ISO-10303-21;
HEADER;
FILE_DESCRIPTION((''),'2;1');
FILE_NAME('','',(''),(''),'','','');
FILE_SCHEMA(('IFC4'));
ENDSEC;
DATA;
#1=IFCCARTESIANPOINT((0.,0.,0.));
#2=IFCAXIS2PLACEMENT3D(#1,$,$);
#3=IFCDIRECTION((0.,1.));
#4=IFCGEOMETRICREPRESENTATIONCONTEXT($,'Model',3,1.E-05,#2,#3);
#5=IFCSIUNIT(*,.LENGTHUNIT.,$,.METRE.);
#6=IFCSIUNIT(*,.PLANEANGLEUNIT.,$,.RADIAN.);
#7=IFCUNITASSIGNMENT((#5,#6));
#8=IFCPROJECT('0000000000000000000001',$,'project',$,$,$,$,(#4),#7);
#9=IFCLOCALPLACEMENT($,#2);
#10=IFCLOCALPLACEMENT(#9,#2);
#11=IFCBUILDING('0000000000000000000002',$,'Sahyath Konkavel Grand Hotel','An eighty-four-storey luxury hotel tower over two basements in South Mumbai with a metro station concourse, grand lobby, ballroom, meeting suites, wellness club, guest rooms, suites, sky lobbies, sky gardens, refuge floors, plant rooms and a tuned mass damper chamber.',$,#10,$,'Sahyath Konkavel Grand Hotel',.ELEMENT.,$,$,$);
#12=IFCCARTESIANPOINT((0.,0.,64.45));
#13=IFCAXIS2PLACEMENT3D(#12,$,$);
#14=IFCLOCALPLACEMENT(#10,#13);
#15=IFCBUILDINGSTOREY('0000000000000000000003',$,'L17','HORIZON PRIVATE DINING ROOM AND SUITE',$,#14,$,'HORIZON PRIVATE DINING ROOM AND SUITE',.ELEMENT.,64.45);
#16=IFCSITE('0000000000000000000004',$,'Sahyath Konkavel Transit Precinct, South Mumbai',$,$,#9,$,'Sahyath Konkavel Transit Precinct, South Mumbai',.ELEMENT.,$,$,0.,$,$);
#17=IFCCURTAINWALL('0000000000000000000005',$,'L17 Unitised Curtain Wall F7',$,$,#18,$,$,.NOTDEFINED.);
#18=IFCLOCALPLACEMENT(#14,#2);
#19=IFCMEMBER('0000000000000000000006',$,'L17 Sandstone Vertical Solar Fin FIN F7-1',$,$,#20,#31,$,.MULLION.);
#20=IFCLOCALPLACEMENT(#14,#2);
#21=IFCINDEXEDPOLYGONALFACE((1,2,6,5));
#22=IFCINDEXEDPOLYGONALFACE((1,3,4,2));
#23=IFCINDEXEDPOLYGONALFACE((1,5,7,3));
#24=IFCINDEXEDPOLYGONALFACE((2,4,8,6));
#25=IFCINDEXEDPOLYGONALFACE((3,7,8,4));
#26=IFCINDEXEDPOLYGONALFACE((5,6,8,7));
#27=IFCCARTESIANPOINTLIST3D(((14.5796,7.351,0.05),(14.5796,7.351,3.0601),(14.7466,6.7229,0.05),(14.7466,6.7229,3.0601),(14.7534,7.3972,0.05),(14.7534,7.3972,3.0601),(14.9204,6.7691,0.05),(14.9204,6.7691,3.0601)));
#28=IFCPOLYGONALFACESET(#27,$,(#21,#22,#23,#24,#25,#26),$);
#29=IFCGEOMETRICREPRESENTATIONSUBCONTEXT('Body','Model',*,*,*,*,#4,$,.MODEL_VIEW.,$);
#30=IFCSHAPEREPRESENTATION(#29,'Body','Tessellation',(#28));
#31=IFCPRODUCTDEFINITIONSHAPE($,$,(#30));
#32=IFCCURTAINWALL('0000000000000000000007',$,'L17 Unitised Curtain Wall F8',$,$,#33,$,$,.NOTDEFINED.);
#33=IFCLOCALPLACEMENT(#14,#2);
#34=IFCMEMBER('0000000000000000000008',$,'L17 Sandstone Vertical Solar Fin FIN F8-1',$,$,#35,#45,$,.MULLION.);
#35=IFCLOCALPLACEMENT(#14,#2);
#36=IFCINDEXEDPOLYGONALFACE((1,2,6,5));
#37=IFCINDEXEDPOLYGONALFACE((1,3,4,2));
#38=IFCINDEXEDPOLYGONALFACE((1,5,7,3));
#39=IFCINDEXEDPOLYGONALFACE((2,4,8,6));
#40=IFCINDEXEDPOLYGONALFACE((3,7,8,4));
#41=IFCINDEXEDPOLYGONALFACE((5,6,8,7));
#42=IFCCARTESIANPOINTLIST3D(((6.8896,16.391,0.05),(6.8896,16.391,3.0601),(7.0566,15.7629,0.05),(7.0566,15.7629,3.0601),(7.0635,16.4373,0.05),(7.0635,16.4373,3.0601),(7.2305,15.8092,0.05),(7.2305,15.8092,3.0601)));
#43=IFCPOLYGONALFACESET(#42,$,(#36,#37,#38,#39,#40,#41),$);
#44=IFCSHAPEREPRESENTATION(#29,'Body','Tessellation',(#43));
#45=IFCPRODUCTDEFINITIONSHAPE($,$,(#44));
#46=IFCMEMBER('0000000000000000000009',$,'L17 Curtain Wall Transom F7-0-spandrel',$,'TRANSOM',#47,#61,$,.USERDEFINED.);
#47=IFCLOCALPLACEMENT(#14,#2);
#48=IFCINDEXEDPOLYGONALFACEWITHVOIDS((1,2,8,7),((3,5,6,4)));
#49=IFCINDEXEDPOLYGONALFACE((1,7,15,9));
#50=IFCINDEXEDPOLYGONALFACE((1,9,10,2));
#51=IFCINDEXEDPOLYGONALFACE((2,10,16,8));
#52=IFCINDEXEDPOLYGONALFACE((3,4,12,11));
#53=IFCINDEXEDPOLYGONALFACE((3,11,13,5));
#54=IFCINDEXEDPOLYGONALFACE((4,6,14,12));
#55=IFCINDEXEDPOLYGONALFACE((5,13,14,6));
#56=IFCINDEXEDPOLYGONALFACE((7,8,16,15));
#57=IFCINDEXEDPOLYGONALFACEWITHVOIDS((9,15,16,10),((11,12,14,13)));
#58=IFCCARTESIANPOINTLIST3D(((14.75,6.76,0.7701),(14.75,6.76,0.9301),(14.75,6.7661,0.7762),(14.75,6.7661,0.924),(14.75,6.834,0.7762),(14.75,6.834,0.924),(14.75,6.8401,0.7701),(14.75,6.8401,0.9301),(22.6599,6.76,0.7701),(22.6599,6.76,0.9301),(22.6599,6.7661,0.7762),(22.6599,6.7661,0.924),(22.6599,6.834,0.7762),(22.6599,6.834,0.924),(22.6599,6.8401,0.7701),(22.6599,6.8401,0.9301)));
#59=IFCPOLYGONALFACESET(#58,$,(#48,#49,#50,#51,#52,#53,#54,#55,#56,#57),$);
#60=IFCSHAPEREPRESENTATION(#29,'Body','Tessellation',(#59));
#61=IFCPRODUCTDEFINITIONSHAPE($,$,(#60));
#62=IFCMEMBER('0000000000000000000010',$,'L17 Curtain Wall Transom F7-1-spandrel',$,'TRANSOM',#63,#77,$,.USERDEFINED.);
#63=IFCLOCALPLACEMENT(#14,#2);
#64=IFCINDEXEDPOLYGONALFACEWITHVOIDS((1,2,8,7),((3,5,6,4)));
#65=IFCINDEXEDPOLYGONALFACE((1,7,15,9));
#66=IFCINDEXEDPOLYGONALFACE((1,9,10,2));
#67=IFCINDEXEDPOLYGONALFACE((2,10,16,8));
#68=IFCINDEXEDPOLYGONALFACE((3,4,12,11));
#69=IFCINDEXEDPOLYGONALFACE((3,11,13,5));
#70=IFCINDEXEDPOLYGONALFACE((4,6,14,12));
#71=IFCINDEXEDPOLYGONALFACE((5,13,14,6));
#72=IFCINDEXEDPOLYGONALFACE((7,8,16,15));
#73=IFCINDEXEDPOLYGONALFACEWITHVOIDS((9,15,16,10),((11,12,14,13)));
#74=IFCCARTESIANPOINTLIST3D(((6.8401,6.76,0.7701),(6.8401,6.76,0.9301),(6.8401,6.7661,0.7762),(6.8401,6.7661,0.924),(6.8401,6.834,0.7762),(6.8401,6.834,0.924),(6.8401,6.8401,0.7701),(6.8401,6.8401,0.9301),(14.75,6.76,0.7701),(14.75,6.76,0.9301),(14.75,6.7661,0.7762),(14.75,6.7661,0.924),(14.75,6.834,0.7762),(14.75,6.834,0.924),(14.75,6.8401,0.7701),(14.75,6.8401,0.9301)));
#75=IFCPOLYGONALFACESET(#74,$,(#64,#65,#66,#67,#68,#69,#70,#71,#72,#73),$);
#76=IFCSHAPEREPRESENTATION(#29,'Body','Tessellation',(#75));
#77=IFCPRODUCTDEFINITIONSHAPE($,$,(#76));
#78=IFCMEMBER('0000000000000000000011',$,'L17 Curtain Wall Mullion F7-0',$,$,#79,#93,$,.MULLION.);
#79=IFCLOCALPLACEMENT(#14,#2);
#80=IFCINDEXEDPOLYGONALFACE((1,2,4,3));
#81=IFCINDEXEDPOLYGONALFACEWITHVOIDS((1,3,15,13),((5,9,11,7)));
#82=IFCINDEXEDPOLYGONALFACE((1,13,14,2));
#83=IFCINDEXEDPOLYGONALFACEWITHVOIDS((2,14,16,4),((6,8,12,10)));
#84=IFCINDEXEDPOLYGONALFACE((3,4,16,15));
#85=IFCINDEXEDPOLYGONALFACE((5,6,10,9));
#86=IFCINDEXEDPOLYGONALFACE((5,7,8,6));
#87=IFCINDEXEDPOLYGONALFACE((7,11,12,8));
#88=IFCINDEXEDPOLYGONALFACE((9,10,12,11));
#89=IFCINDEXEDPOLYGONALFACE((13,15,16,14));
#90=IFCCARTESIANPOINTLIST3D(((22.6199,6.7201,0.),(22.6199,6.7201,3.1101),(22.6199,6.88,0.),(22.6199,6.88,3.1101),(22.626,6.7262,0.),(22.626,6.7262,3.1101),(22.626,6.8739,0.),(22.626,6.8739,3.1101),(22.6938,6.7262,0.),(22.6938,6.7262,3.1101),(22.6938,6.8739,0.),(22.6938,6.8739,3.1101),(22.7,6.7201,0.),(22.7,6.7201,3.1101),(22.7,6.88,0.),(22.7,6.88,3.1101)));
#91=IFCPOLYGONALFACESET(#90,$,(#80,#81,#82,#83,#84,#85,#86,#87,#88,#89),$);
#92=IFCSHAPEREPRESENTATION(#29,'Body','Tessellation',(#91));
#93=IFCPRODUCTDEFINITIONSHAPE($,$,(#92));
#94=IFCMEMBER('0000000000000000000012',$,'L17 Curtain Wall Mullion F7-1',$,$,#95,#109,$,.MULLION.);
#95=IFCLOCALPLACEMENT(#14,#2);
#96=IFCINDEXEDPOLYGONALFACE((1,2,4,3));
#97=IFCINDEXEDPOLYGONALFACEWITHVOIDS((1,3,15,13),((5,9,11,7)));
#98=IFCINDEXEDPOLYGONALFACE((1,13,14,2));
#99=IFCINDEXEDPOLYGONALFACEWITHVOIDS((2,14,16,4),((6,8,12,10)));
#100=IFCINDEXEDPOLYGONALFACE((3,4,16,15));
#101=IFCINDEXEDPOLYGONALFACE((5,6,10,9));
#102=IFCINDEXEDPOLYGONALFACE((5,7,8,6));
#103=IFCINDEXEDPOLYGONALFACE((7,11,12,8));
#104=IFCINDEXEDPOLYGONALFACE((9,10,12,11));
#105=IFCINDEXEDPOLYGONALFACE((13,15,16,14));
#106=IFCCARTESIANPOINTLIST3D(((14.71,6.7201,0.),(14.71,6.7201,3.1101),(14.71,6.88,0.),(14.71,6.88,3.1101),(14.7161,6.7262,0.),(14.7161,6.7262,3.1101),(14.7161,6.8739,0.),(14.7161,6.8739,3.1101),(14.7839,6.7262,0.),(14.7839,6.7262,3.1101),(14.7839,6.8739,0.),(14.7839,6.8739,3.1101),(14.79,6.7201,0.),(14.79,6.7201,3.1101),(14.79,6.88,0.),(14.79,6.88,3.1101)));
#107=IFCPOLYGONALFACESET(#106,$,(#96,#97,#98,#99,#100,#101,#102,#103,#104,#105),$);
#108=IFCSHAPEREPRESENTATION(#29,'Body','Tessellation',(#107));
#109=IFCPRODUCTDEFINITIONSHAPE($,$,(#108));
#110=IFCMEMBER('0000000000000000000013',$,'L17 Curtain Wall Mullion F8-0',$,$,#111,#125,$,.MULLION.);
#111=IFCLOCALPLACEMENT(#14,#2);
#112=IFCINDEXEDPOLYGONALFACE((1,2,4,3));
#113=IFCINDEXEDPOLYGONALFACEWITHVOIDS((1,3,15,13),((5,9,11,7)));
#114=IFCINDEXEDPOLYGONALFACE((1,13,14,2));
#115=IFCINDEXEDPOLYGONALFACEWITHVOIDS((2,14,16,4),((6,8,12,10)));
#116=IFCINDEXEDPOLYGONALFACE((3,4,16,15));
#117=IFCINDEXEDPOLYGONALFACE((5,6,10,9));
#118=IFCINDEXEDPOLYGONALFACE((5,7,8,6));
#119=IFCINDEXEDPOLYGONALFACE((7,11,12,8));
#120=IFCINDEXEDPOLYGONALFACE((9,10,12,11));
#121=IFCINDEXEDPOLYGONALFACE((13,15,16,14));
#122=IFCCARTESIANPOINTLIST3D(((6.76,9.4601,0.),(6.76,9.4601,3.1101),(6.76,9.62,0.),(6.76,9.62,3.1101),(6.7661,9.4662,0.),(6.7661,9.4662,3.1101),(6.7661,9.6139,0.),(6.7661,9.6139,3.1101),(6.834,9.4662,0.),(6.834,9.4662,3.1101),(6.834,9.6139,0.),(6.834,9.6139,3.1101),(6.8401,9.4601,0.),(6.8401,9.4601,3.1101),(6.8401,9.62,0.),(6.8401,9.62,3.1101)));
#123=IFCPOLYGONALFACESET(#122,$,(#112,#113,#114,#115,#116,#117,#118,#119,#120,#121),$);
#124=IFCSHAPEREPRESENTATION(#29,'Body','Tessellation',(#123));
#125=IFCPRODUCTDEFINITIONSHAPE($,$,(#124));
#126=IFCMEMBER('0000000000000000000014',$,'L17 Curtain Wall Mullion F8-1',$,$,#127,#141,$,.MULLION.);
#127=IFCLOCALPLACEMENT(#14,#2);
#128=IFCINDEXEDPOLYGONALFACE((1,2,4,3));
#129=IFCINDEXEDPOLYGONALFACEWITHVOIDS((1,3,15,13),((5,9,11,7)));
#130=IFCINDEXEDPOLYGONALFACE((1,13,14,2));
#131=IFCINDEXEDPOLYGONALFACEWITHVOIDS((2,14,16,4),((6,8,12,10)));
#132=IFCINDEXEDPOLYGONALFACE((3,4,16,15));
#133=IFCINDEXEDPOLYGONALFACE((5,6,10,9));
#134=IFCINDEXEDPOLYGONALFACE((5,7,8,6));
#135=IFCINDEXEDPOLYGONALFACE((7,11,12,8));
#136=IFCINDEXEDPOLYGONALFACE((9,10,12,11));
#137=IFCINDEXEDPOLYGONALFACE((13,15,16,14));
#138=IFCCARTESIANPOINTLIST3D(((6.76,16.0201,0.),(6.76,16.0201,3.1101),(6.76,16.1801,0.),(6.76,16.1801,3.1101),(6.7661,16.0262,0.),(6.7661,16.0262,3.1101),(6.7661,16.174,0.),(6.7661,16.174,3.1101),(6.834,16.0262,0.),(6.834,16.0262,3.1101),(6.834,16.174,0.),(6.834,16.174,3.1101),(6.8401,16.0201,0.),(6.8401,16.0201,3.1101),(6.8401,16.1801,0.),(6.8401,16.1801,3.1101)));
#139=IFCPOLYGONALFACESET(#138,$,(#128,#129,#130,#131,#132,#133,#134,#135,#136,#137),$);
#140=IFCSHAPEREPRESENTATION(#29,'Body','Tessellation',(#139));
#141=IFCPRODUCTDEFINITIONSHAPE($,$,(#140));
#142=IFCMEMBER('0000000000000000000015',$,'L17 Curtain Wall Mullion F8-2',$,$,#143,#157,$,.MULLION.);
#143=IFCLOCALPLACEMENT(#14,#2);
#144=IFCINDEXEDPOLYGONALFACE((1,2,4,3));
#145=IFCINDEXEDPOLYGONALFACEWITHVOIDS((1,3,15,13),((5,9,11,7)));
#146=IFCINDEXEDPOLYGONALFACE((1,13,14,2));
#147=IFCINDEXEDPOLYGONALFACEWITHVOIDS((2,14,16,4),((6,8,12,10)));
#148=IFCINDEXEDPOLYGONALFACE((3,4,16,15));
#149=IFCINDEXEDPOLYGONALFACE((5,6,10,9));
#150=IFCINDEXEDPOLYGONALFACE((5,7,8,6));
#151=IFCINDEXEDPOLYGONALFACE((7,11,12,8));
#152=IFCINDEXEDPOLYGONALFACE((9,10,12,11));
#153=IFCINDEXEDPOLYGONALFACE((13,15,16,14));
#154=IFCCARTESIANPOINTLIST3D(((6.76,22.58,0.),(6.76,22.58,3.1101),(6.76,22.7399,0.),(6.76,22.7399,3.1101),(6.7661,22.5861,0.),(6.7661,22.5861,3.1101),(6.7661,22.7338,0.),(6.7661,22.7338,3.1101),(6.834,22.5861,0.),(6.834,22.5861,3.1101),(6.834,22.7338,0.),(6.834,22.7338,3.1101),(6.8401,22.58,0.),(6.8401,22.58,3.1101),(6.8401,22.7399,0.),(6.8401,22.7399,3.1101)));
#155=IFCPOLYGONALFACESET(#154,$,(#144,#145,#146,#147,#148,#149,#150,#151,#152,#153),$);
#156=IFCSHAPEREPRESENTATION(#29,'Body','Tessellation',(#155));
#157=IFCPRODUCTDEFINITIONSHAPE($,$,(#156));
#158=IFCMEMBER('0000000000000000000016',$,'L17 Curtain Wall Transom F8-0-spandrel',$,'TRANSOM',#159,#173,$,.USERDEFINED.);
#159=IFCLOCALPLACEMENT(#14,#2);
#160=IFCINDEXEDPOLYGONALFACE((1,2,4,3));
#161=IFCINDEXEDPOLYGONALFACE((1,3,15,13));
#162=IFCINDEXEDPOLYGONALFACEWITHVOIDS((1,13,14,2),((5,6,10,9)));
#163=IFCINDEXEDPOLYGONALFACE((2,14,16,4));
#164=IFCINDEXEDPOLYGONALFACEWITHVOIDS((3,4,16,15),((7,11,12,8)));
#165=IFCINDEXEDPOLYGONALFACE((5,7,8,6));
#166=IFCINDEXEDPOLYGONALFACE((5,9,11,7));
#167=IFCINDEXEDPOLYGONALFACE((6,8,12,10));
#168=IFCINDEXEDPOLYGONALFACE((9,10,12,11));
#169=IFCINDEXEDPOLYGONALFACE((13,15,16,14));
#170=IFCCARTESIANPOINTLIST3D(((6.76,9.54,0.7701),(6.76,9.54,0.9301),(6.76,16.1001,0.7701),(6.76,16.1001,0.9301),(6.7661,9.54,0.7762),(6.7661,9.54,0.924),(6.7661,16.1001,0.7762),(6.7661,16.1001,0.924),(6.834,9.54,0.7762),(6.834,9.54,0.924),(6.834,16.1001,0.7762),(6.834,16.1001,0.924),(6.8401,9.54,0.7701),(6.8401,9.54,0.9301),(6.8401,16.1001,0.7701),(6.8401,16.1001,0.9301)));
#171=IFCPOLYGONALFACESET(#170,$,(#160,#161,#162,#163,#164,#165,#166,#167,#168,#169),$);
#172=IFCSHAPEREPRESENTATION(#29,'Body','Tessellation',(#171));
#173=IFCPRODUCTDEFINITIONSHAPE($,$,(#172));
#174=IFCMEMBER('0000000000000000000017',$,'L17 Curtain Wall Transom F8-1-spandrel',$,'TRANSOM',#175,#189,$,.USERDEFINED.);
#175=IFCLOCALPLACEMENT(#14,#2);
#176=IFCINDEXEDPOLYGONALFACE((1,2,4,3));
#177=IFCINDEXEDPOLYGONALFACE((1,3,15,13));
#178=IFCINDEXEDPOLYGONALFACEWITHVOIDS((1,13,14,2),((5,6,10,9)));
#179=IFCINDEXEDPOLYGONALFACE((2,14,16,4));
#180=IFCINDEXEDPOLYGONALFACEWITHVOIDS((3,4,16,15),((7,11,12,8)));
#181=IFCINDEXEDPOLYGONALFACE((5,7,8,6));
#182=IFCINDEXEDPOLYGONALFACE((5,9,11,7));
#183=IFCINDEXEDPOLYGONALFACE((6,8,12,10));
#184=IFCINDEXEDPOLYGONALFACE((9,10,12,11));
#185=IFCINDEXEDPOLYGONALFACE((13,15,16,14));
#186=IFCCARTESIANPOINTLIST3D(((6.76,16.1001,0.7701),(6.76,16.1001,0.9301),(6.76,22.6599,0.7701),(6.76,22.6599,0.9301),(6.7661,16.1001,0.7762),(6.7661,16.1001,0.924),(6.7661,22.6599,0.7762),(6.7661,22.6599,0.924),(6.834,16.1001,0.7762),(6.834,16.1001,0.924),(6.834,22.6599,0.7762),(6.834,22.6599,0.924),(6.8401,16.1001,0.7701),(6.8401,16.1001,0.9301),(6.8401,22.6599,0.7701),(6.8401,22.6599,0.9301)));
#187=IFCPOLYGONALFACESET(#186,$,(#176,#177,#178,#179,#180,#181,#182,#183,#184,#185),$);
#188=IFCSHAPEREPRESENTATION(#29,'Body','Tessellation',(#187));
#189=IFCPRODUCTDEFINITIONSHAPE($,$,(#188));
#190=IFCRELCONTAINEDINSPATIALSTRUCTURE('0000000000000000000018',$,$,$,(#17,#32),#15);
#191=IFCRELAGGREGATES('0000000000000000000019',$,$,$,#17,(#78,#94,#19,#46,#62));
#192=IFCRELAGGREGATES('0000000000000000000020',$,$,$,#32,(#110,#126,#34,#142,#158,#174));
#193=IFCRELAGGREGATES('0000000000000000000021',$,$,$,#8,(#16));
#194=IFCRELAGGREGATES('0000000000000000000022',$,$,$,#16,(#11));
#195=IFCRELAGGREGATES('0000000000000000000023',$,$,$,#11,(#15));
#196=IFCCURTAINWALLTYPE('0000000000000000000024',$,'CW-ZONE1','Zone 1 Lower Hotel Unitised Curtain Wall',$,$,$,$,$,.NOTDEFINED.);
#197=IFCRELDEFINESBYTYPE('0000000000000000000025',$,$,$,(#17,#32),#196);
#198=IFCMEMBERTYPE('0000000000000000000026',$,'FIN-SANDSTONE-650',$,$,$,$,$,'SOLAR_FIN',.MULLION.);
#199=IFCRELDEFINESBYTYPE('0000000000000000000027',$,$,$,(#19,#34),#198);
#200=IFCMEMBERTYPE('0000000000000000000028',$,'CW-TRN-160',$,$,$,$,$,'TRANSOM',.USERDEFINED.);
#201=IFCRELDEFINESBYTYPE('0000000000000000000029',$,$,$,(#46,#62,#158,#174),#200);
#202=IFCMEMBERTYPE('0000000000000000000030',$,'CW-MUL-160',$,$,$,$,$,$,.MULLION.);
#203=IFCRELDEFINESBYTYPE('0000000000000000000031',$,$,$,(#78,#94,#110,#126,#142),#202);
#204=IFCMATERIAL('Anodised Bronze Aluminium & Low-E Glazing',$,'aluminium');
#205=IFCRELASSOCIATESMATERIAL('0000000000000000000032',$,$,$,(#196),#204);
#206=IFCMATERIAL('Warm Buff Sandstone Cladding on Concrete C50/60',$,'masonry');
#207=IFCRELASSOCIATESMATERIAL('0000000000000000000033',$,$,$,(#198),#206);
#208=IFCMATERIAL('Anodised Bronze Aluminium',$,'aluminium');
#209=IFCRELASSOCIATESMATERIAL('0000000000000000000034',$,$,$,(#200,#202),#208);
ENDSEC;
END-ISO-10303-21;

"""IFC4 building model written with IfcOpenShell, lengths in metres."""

from ifc_helpers import new_model, si_unit, direction, frame, origin, origin_2d, place, context, subcontext, project, spatial, rectangle, hollow_rectangle, extrude, source, transform, mapped, material, material_profile, profile_set, type_object, element, aggregate, save


model = new_model("IFC4")

# Units and contexts
model_context = context("Model", 3, precision=1e-05, world=origin(), true_north=direction((0.0, 1.0)))
body_context = subcontext(model_context, "Body", "Model", "MODEL_VIEW")
ifc_project = project(units=[si_unit("LENGTHUNIT", "METRE"), si_unit("PLANEANGLEUNIT", "RADIAN")], contexts=[model_context])

# Site, building, storey
site_placement = place(None, origin())
site = spatial("IfcSite", under=ifc_project, at=site_placement, Name="Sahyath Konkavel Transit Precinct, South Mumbai", LongName="Sahyath Konkavel Transit Precinct, South Mumbai", CompositionType="ELEMENT", RefElevation=0.0)
building_placement = place(site_placement, origin())
building = spatial("IfcBuilding", under=site, at=building_placement, Name="Sahyath Konkavel Grand Hotel", Description="An eighty-four-storey luxury hotel tower over two basements in South Mumbai with a metro station concourse, grand lobby, ballroom, meeting suites, wellness club, guest rooms, suites, sky lobbies, sky gardens, refuge floors, plant rooms and a tuned mass damper chamber.", LongName="Sahyath Konkavel Grand Hotel", CompositionType="ELEMENT")
storey_placement = place(building_placement, frame((0.0, 0.0, 64.45)))
storey = spatial("IfcBuildingStorey", under=building, at=storey_placement, Name="L17", Description="HORIZON PRIVATE DINING ROOM AND SUITE", LongName="HORIZON PRIVATE DINING ROOM AND SUITE", CompositionType="ELEMENT", Elevation=64.45)

# Curtain walls, members
ifc_material_1 = material(Name="Anodised Bronze Aluminium & Low-E Glazing", Category="aluminium")
curtain_wall_type = type_object("IfcCurtainWallType", Name="CW-ZONE1", Description="Zone 1 Lower Hotel Unitised Curtain Wall", PredefinedType="NOTDEFINED", material=ifc_material_1)
curtain_wall_1_placement = place(storey_placement, origin())
curtain_wall_1 = element("IfcCurtainWall", 1, at=curtain_wall_1_placement, inside=storey, type_object=curtain_wall_type, Name="L17 Unitised Curtain Wall F7", PredefinedType="NOTDEFINED")
ifc_material_2 = material(Name="Warm Buff Sandstone Cladding on Concrete C50/60", Category="masonry")
ifc_material_profile_1 = material_profile(ifc_material_2, rectangle(XDim=0.1799, YDim=0.6499, at=origin_2d()), Name="FIN 180x650")
ifc_profile_set_1 = profile_set([ifc_material_profile_1], Name="Warm Buff Sandstone Cladding on Concrete C50/60")
member_type_1 = type_object("IfcMemberType", Name="FIN-SANDSTONE-650", ElementType="SOLAR_FIN", PredefinedType="MULLION", material=ifc_profile_set_1)
shared_shape_1 = source(origin(), body_context, "Body", "SweptSolid", [
    extrude(rectangle(XDim=0.1799, YDim=0.6499, at=origin_2d()), origin(), (0.0, 0.0, 1.0), 3.01),
])
member_1_placement = place(storey_placement, frame((14.75, 7.0601, 0.05), z_axis=(0.0, 0.0, 1.0), x_axis=(0.966421, 0.256964, 0.0)))
member_1 = element("IfcMember", 2, at=member_1_placement, type_object=member_type_1, Name="L17 Sandstone Vertical Solar Fin FIN F7-1", PredefinedType="MULLION", context=body_context, shape_type="MappedRepresentation", body=[
    mapped(shared_shape_1, transform((0.0, 0.0, 0.0), scale=1.0)),
])
curtain_wall_2_placement = place(storey_placement, origin())
curtain_wall_2 = element("IfcCurtainWall", 3, at=curtain_wall_2_placement, inside=storey, type_object=curtain_wall_type, Name="L17 Unitised Curtain Wall F8", PredefinedType="NOTDEFINED")
member_2_placement = place(storey_placement, frame((7.0601, 16.1001, 0.05), z_axis=(0.0, 0.0, 1.0), x_axis=(0.966421, 0.256964, 0.0)))
member_2 = element("IfcMember", 4, at=member_2_placement, type_object=member_type_1, Name="L17 Sandstone Vertical Solar Fin FIN F8-1", PredefinedType="MULLION", context=body_context, shape_type="MappedRepresentation", body=[
    mapped(shared_shape_1, transform((0.0, 0.0, 0.0), scale=1.0)),
])

# Members
ifc_material_3 = material(Name="Anodised Bronze Aluminium", Category="aluminium")
ifc_material_profile_2 = material_profile(ifc_material_3, hollow_rectangle(XDim=0.0801, YDim=0.1599, WallThickness=0.0061, at=origin_2d()), Name="RHS 160x80x6")
ifc_profile_set_2 = profile_set([ifc_material_profile_2], Name="Anodised Bronze Aluminium")
member_type_2 = type_object("IfcMemberType", Name="CW-TRN-160", ElementType="TRANSOM", PredefinedType="USERDEFINED", material=ifc_profile_set_2)
shared_shape_2 = source(origin(), body_context, "Body", "SweptSolid", [
    extrude(hollow_rectangle(XDim=0.0801, YDim=0.1599, WallThickness=0.0061, at=origin_2d()), origin(), (0.0, 0.0, 1.0), 7.9099),
])
member_3_placement = place(storey_placement, frame((22.6599, 6.8, 0.8501), z_axis=(-1.0, 0.0, 0.0), x_axis=(0.0, -1.0, 0.0)))
member_3 = element("IfcMember", 5, at=member_3_placement, type_object=member_type_2, Name="L17 Curtain Wall Transom F7-0-spandrel", ObjectType="TRANSOM", PredefinedType="USERDEFINED", context=body_context, shape_type="MappedRepresentation", body=[
    mapped(shared_shape_2, transform((0.0, 0.0, 0.0), scale=1.0)),
])
member_4_placement = place(storey_placement, frame((14.75, 6.8, 0.8501), z_axis=(-1.0, 0.0, 0.0), x_axis=(0.0, -1.0, 0.0)))
member_4 = element("IfcMember", 6, at=member_4_placement, type_object=member_type_2, Name="L17 Curtain Wall Transom F7-1-spandrel", ObjectType="TRANSOM", PredefinedType="USERDEFINED", context=body_context, shape_type="MappedRepresentation", body=[
    mapped(shared_shape_2, transform((0.0, 0.0, 0.0), scale=1.0)),
])
ifc_material_profile_3 = material_profile(ifc_material_3, hollow_rectangle(XDim=0.0801, YDim=0.1599, WallThickness=0.0061, at=origin_2d()), Name="RHS 160x80x6")
ifc_profile_set_3 = profile_set([ifc_material_profile_3], Name="Anodised Bronze Aluminium")
member_type_3 = type_object("IfcMemberType", Name="CW-MUL-160", PredefinedType="MULLION", material=ifc_profile_set_3)
shared_shape_3 = source(origin(), body_context, "Body", "SweptSolid", [
    extrude(hollow_rectangle(XDim=0.0801, YDim=0.1599, WallThickness=0.0061, at=origin_2d()), origin(), (0.0, 0.0, 1.0), 3.1101),
])
member_5_placement = place(storey_placement, frame((22.6599, 6.8, 0.0), z_axis=(0.0, 0.0, 1.0), x_axis=(1.0, 0.0, 0.0)))
member_5 = element("IfcMember", 7, at=member_5_placement, type_object=member_type_3, Name="L17 Curtain Wall Mullion F7-0", PredefinedType="MULLION", context=body_context, shape_type="MappedRepresentation", body=[
    mapped(shared_shape_3, transform((0.0, 0.0, 0.0), scale=1.0)),
])
member_6_placement = place(storey_placement, frame((14.75, 6.8, 0.0), z_axis=(0.0, 0.0, 1.0), x_axis=(1.0, 0.0, 0.0)))
member_6 = element("IfcMember", 8, at=member_6_placement, type_object=member_type_3, Name="L17 Curtain Wall Mullion F7-1", PredefinedType="MULLION", context=body_context, shape_type="MappedRepresentation", body=[
    mapped(shared_shape_3, transform((0.0, 0.0, 0.0), scale=1.0)),
])
member_7_placement = place(storey_placement, frame((6.8, 9.54, 0.0), z_axis=(0.0, 0.0, 1.0), x_axis=(1.0, 0.0, 0.0)))
member_7 = element("IfcMember", 9, at=member_7_placement, type_object=member_type_3, Name="L17 Curtain Wall Mullion F8-0", PredefinedType="MULLION", context=body_context, shape_type="MappedRepresentation", body=[
    mapped(shared_shape_3, transform((0.0, 0.0, 0.0), scale=1.0)),
])
member_8_placement = place(storey_placement, frame((6.8, 16.1001, 0.0), z_axis=(0.0, 0.0, 1.0), x_axis=(1.0, 0.0, 0.0)))
member_8 = element("IfcMember", 10, at=member_8_placement, type_object=member_type_3, Name="L17 Curtain Wall Mullion F8-1", PredefinedType="MULLION", context=body_context, shape_type="MappedRepresentation", body=[
    mapped(shared_shape_3, transform((0.0, 0.0, 0.0), scale=1.0)),
])
member_9_placement = place(storey_placement, frame((6.8, 22.6599, 0.0), z_axis=(0.0, 0.0, 1.0), x_axis=(1.0, 0.0, 0.0)))
member_9 = element("IfcMember", 11, at=member_9_placement, type_object=member_type_3, Name="L17 Curtain Wall Mullion F8-2", PredefinedType="MULLION", context=body_context, shape_type="MappedRepresentation", body=[
    mapped(shared_shape_3, transform((0.0, 0.0, 0.0), scale=1.0)),
])
shared_shape_4 = source(origin(), body_context, "Body", "SweptSolid", [
    extrude(hollow_rectangle(XDim=0.0801, YDim=0.1599, WallThickness=0.0061, at=origin_2d()), origin(), (0.0, 0.0, 1.0), 6.5601),
])
member_10_placement = place(storey_placement, frame((6.8, 9.54, 0.8501), z_axis=(0.0, 1.0, 0.0), x_axis=(-1.0, 0.0, 0.0)))
member_10 = element("IfcMember", 12, at=member_10_placement, type_object=member_type_2, Name="L17 Curtain Wall Transom F8-0-spandrel", ObjectType="TRANSOM", PredefinedType="USERDEFINED", context=body_context, shape_type="MappedRepresentation", body=[
    mapped(shared_shape_4, transform((0.0, 0.0, 0.0), scale=1.0)),
])
shared_shape_5 = source(origin(), body_context, "Body", "SweptSolid", [
    extrude(hollow_rectangle(XDim=0.0801, YDim=0.1599, WallThickness=0.0061, at=origin_2d()), origin(), (0.0, 0.0, 1.0), 6.5598),
])
member_11_placement = place(storey_placement, frame((6.8, 16.1001, 0.8501), z_axis=(0.0, 1.0, 0.0), x_axis=(-1.0, 0.0, 0.0)))
member_11 = element("IfcMember", 13, at=member_11_placement, type_object=member_type_2, Name="L17 Curtain Wall Transom F8-1-spandrel", ObjectType="TRANSOM", PredefinedType="USERDEFINED", context=body_context, shape_type="MappedRepresentation", body=[
    mapped(shared_shape_5, transform((0.0, 0.0, 0.0), scale=1.0)),
])

aggregate(curtain_wall_1, [member_5, member_6, member_1, member_3, member_4])
aggregate(curtain_wall_2, [member_7, member_8, member_2, member_9, member_10, member_11])

save(model, "model.ifc")
